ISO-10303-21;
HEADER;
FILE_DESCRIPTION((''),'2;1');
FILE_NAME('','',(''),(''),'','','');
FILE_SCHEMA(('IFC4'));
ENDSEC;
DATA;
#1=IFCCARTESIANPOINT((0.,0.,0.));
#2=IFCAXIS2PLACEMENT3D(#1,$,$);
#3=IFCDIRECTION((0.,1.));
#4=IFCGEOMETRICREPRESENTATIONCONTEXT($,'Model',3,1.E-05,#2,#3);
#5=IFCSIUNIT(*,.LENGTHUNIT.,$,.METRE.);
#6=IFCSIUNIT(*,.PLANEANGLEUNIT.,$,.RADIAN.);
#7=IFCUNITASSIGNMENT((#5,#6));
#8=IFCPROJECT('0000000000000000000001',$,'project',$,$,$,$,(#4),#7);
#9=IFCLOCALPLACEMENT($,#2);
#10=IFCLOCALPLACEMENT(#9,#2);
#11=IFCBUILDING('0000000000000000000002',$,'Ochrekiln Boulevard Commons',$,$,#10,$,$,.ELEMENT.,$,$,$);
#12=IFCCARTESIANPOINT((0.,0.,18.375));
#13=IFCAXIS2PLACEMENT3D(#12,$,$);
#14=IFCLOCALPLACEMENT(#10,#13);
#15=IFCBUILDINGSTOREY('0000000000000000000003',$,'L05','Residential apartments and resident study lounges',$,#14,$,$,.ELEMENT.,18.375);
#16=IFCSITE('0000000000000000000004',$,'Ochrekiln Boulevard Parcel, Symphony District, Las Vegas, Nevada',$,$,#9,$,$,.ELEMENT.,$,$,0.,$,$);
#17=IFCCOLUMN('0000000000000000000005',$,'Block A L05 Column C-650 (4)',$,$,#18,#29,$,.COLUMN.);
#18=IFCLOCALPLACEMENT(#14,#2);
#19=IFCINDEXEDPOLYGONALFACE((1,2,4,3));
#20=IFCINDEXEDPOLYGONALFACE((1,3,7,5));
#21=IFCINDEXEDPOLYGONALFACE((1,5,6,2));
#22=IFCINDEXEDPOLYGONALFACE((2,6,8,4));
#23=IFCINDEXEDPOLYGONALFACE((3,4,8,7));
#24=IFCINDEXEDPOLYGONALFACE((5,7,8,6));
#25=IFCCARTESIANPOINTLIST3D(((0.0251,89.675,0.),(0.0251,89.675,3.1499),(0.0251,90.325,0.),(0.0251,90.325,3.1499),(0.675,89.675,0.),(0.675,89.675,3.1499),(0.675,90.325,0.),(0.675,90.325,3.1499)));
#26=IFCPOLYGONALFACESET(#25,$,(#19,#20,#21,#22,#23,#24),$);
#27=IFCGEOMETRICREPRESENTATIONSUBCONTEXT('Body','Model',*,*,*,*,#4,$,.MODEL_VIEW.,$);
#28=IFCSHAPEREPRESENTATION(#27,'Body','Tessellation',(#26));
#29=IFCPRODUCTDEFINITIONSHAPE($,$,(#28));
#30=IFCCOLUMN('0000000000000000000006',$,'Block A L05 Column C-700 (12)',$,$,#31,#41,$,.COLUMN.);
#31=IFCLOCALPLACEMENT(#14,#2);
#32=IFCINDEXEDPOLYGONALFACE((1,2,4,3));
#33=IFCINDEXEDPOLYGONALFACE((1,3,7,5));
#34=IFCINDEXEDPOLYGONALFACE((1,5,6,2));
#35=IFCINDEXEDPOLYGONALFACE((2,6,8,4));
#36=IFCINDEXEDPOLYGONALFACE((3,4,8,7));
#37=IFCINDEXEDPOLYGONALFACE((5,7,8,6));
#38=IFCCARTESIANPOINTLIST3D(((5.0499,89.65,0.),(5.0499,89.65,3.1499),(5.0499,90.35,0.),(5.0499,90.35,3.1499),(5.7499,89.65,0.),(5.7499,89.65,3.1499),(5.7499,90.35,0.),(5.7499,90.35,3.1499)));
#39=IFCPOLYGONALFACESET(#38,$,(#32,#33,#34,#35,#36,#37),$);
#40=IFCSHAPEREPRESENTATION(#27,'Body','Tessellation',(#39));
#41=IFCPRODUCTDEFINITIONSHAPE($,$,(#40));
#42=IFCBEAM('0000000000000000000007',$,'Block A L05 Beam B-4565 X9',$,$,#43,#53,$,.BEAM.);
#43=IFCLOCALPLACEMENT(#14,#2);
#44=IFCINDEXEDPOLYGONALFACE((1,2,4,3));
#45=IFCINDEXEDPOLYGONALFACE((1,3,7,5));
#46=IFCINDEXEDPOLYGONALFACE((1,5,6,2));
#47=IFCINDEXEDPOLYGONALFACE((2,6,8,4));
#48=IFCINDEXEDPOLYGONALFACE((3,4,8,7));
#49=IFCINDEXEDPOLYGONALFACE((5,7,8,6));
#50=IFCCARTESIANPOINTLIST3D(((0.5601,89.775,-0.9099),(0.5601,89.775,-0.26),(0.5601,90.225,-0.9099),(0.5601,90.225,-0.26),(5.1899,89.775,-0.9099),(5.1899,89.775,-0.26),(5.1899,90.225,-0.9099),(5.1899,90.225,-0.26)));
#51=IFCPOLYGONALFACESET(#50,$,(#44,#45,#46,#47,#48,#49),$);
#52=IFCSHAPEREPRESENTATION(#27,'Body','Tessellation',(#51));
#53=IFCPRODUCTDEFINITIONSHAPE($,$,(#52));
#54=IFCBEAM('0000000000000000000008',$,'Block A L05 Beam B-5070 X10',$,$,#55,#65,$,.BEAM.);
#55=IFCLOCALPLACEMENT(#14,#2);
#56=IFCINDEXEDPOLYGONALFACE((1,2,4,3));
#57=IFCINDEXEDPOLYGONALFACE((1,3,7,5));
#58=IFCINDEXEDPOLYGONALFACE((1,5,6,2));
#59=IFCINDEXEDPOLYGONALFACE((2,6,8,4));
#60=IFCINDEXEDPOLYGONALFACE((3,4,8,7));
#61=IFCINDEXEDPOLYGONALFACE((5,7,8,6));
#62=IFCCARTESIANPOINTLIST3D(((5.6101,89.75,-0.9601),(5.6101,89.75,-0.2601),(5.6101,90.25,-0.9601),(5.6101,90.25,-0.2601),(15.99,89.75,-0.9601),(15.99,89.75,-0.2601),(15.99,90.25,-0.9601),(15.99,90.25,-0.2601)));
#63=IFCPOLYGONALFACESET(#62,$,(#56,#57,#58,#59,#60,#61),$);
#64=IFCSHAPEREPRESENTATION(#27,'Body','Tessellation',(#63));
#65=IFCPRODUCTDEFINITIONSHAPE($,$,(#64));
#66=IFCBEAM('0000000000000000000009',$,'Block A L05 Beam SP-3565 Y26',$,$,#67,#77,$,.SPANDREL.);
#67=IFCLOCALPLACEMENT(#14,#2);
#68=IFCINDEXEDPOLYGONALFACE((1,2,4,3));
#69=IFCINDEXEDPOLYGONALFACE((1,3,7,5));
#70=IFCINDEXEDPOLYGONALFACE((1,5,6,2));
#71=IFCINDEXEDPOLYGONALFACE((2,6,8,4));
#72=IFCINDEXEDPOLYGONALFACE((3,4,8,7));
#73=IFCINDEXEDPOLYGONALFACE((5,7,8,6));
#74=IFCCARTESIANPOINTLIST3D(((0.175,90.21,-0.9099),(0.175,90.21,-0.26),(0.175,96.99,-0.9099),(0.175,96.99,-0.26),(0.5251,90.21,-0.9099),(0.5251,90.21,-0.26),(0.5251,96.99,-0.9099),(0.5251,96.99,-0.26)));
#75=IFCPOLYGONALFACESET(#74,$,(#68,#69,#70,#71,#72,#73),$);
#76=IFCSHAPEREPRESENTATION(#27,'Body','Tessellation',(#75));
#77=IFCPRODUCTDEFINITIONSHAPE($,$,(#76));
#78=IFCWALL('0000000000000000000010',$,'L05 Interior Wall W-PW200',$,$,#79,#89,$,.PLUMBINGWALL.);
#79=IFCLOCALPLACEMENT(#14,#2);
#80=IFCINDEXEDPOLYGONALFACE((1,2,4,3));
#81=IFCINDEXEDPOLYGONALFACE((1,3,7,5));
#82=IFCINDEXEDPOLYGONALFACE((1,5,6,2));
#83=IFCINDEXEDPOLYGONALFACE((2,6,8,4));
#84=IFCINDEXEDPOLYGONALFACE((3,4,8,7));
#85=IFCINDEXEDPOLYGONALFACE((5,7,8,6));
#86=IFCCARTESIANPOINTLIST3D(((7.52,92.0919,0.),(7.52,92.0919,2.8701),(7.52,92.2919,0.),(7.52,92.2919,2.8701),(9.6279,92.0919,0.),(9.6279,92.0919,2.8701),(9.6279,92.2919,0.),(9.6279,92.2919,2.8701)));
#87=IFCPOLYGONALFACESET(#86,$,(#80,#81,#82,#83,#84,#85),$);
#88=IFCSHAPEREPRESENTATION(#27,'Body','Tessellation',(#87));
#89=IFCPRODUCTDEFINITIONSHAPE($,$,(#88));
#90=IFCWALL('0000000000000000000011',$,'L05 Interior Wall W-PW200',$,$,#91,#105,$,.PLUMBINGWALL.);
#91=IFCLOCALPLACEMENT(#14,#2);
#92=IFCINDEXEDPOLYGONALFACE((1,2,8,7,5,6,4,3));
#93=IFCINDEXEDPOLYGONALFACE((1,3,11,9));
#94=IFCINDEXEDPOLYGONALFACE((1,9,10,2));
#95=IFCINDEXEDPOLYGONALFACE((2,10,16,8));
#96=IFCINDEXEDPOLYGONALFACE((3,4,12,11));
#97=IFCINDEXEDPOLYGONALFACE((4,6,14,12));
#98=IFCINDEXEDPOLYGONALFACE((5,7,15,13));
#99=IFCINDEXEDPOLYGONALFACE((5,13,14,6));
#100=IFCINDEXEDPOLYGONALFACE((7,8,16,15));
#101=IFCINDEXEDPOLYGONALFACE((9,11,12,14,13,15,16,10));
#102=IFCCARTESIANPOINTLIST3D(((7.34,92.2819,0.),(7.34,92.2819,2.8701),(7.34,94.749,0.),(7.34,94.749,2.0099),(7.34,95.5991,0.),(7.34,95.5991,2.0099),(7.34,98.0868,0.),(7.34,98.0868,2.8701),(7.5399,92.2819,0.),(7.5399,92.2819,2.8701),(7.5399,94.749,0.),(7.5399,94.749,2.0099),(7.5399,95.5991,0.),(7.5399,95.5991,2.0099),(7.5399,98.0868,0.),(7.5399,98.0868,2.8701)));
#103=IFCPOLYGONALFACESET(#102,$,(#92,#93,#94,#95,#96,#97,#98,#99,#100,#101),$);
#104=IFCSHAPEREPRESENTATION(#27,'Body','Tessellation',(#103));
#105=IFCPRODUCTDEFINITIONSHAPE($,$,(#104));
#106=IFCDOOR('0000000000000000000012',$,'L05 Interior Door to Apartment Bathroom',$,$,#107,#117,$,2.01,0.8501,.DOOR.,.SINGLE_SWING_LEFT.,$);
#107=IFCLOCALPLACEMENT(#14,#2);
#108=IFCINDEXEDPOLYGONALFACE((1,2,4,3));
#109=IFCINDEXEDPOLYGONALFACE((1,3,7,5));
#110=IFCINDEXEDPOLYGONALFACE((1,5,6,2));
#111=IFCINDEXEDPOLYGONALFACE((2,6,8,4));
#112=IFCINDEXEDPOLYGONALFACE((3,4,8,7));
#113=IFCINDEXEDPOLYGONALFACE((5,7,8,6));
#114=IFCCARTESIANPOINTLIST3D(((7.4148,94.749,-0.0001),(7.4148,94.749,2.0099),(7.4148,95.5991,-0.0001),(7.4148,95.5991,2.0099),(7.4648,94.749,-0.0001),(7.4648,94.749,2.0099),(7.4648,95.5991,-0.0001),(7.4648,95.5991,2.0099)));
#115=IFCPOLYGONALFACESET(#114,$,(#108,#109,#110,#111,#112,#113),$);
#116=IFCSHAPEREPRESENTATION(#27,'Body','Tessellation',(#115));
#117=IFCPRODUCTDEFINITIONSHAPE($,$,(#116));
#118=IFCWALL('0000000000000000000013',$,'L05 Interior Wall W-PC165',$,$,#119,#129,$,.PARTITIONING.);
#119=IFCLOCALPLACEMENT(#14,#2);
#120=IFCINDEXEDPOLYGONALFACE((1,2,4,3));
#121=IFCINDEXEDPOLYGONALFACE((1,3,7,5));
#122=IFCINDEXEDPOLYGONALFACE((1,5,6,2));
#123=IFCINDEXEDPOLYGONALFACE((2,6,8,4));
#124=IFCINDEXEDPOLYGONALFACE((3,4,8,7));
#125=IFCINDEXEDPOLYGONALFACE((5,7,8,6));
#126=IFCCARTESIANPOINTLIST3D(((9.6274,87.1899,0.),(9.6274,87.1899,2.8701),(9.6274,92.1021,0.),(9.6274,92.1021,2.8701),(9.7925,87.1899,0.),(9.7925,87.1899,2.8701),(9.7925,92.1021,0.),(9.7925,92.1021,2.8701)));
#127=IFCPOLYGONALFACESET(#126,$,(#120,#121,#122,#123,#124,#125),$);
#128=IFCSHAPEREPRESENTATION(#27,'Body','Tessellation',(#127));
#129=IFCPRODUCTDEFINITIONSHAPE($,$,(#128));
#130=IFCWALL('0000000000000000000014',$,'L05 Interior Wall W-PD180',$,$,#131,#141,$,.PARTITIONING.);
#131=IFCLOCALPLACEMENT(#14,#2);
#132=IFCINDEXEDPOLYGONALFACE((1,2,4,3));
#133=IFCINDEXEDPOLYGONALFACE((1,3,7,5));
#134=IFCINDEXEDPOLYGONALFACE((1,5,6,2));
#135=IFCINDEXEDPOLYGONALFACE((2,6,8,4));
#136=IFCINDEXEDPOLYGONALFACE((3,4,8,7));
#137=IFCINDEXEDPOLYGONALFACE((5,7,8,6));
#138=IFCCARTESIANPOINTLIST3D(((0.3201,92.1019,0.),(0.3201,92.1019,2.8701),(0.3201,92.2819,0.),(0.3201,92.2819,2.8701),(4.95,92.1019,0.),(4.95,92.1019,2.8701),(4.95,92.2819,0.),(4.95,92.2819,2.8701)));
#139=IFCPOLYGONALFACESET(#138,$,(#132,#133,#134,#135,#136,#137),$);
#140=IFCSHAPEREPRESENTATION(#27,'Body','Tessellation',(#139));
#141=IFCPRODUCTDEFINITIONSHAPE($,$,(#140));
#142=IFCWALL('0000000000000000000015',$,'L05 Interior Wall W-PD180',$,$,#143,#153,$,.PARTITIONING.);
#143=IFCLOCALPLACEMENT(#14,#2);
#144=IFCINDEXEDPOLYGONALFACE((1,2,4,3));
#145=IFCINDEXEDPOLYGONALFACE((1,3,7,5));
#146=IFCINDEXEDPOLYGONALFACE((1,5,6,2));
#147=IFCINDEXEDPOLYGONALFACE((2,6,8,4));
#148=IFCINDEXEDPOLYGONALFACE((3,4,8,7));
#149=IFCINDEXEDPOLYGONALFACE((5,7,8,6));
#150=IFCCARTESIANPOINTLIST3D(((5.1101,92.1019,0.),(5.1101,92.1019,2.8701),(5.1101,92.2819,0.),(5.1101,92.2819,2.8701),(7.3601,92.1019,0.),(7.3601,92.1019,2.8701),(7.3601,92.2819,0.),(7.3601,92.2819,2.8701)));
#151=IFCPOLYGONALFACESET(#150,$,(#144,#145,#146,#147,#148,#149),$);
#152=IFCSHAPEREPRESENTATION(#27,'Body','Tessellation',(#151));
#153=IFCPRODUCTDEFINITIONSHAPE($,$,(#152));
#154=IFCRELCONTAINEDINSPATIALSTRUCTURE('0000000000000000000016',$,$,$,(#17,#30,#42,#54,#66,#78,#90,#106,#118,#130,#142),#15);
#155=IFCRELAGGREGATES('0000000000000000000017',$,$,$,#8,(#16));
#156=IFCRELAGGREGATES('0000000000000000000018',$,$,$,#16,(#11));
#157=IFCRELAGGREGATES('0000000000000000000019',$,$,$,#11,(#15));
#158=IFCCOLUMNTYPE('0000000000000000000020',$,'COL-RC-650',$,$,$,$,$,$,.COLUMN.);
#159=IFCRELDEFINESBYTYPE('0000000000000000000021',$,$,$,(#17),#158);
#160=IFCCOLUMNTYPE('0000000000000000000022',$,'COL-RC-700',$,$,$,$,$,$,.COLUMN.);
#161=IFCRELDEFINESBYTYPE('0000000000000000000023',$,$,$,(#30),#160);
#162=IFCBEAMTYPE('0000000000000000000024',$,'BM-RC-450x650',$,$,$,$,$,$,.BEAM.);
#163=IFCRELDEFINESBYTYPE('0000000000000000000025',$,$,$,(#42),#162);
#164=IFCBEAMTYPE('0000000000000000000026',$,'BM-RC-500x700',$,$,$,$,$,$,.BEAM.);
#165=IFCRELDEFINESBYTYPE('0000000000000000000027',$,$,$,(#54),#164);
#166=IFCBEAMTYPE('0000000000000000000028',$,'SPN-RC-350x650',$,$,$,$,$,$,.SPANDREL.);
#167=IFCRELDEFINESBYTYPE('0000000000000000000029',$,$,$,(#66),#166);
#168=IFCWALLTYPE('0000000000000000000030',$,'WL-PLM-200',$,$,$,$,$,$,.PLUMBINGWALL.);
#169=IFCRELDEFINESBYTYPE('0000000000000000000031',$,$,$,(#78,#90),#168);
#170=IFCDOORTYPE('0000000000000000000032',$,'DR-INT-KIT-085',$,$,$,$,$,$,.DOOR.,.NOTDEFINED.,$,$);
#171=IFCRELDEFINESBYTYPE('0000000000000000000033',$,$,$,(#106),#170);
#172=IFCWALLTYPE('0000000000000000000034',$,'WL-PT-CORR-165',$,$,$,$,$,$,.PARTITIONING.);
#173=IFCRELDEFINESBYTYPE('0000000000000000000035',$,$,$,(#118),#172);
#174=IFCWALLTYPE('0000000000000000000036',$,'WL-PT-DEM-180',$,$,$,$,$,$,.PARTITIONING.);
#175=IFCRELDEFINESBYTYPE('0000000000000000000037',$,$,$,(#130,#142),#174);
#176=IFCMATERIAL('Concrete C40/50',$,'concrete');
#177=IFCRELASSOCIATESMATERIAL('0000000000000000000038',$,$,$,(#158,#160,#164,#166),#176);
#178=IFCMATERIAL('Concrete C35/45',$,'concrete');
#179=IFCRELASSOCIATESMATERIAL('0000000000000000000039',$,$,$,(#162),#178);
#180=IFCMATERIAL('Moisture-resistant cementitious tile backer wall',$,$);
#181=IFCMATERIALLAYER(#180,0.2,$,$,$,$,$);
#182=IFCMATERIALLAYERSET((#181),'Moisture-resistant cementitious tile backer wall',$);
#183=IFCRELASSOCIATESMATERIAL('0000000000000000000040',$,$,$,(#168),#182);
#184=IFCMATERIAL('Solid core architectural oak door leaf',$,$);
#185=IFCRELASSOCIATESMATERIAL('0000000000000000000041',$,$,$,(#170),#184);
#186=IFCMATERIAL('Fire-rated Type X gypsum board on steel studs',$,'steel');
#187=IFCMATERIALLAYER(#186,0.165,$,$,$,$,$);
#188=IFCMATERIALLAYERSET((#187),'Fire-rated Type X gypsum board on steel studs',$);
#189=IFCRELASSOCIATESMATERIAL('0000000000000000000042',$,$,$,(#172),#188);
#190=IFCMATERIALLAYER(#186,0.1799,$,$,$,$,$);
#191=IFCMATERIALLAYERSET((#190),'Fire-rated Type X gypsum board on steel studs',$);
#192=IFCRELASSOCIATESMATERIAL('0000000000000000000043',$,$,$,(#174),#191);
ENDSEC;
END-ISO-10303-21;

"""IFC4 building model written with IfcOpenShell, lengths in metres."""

from ifc_helpers import new_model, si_unit, direction, frame, frame_2d, origin, origin_2d, place, context, subcontext, project, spatial, rectangle, extrude, material, layer, layer_set, material_profile, profile_set, type_object, element, fill, save


model = new_model("IFC4")

# Units and contexts
model_context = context("Model", 3, precision=1e-05, world=origin(), true_north=direction((0.0, 1.0)))
body_context = subcontext(model_context, "Body", "Model", "MODEL_VIEW")
ifc_project = project(units=[si_unit("LENGTHUNIT", "METRE"), si_unit("PLANEANGLEUNIT", "RADIAN")], contexts=[model_context])

# Site, building, storey
site_placement = place(None, origin())
site = spatial("IfcSite", under=ifc_project, at=site_placement, Name="Ochrekiln Boulevard Parcel, Symphony District, Las Vegas, Nevada", CompositionType="ELEMENT", RefElevation=0.0)
building_placement = place(site_placement, origin())
building = spatial("IfcBuilding", under=site, at=building_placement, Name="Ochrekiln Boulevard Commons", CompositionType="ELEMENT")
storey_placement = place(building_placement, frame((0.0, 0.0, 18.375)))
storey = spatial("IfcBuildingStorey", under=building, at=storey_placement, Name="L05", Description="Residential apartments and resident study lounges", CompositionType="ELEMENT", Elevation=18.375)

# Columns
ifc_material_1 = material(Name="Concrete C40/50", Category="concrete")
ifc_material_profile_1 = material_profile(ifc_material_1, rectangle(XDim=0.6499, YDim=0.6499, at=origin_2d()), Name="RC-COL-650x650")
ifc_profile_set_1 = profile_set([ifc_material_profile_1], Name="Concrete C40/50")
column_type_1 = type_object("IfcColumnType", Name="COL-RC-650", PredefinedType="COLUMN", material=ifc_profile_set_1)
column_1_placement = place(storey_placement, frame((0.3501, 90.0, 0.0), z_axis=(0.0, 0.0, 1.0), x_axis=(1.0, 0.0, 0.0)))
element("IfcColumn", 1, at=column_1_placement, inside=storey, type_object=column_type_1, Name="Block A L05 Column C-650 (4)", PredefinedType="COLUMN", context=body_context, shape_type="SweptSolid", body=[
    extrude(rectangle(XDim=0.6499, YDim=0.6499, at=origin_2d()), origin(), (0.0, 0.0, 1.0), 3.1499),
])
ifc_material_profile_2 = material_profile(ifc_material_1, rectangle(XDim=0.7, YDim=0.7, at=origin_2d()), Name="RC-COL-700x700")
ifc_profile_set_2 = profile_set([ifc_material_profile_2], Name="Concrete C40/50")
column_type_2 = type_object("IfcColumnType", Name="COL-RC-700", PredefinedType="COLUMN", material=ifc_profile_set_2)
column_2_placement = place(storey_placement, frame((5.3999, 90.0, 0.0), z_axis=(0.0, 0.0, 1.0), x_axis=(1.0, 0.0, 0.0)))
element("IfcColumn", 2, at=column_2_placement, inside=storey, type_object=column_type_2, Name="Block A L05 Column C-700 (12)", PredefinedType="COLUMN", context=body_context, shape_type="SweptSolid", body=[
    extrude(rectangle(XDim=0.7, YDim=0.7, at=origin_2d()), origin(), (0.0, 0.0, 1.0), 3.1499),
])

# Beams
ifc_material_2 = material(Name="Concrete C35/45", Category="concrete")
ifc_material_profile_3 = material_profile(ifc_material_2, rectangle(XDim=0.45, YDim=0.6499, at=origin_2d()), Name="RC-BM-450x650")
ifc_profile_set_3 = profile_set([ifc_material_profile_3], Name="Concrete C35/45")
beam_type_1 = type_object("IfcBeamType", Name="BM-RC-450x650", PredefinedType="BEAM", material=ifc_profile_set_3)
beam_1_placement = place(storey_placement, frame((0.5601, 90.0, -0.585), z_axis=(1.0, 0.0, 0.0), x_axis=(0.0, 1.0, 0.0)))
element("IfcBeam", 3, at=beam_1_placement, inside=storey, type_object=beam_type_1, Name="Block A L05 Beam B-4565 X9", PredefinedType="BEAM", context=body_context, shape_type="SweptSolid", body=[
    extrude(rectangle(XDim=0.45, YDim=0.6499, at=origin_2d()), origin(), (0.0, 0.0, 1.0), 4.6299),
])
ifc_material_profile_4 = material_profile(ifc_material_1, rectangle(XDim=0.5, YDim=0.7, at=origin_2d()), Name="RC-BM-500x700")
ifc_profile_set_4 = profile_set([ifc_material_profile_4], Name="Concrete C40/50")
beam_type_2 = type_object("IfcBeamType", Name="BM-RC-500x700", PredefinedType="BEAM", material=ifc_profile_set_4)
beam_2_placement = place(storey_placement, frame((5.6101, 90.0, -0.6101), z_axis=(1.0, 0.0, 0.0), x_axis=(0.0, 1.0, 0.0)))
element("IfcBeam", 4, at=beam_2_placement, inside=storey, type_object=beam_type_2, Name="Block A L05 Beam B-5070 X10", PredefinedType="BEAM", context=body_context, shape_type="SweptSolid", body=[
    extrude(rectangle(XDim=0.5, YDim=0.7, at=origin_2d()), origin(), (0.0, 0.0, 1.0), 10.3799),
])
ifc_material_profile_5 = material_profile(ifc_material_1, rectangle(XDim=0.3501, YDim=0.6499, at=origin_2d()), Name="RC-SPN-350x650")
ifc_profile_set_5 = profile_set([ifc_material_profile_5], Name="Concrete C40/50")
beam_type_3 = type_object("IfcBeamType", Name="SPN-RC-350x650", PredefinedType="SPANDREL", material=ifc_profile_set_5)
beam_3_placement = place(storey_placement, frame((0.3501, 90.21, -0.585), z_axis=(0.0, 1.0, 0.0), x_axis=(-1.0, 0.0, 0.0)))
element("IfcBeam", 5, at=beam_3_placement, inside=storey, type_object=beam_type_3, Name="Block A L05 Beam SP-3565 Y26", PredefinedType="SPANDREL", context=body_context, shape_type="SweptSolid", body=[
    extrude(rectangle(XDim=0.3501, YDim=0.6499, at=origin_2d()), origin(), (0.0, 0.0, 1.0), 6.78),
])

# Wall
ifc_material_3 = material(Name="Moisture-resistant cementitious tile backer wall")
ifc_layer_1 = layer(ifc_material_3, 0.2)
ifc_layer_set_1 = layer_set([ifc_layer_1], Name="Moisture-resistant cementitious tile backer wall")
wall_type_1 = type_object("IfcWallType", Name="WL-PLM-200", PredefinedType="PLUMBINGWALL", material=ifc_layer_set_1)
wall_1_placement = place(storey_placement, frame((7.52, 92.1919, 0.0), z_axis=(0.0, 0.0, 1.0), x_axis=(1.0, 0.0, 0.0)))
element("IfcWall", 6, at=wall_1_placement, inside=storey, type_object=wall_type_1, Name="L05 Interior Wall W-PW200", PredefinedType="PLUMBINGWALL", context=body_context, shape_type="SweptSolid", body=[
    extrude(rectangle(XDim=2.1079, YDim=0.2, at=frame_2d((1.054, 0.0))), origin(), (0.0, 0.0, 1.0), 2.8701),
])

# Wall, opening, door
wall_2_placement = place(storey_placement, frame((7.4399, 92.282, 0.0), z_axis=(0.0, 0.0, 1.0), x_axis=(0.0, 1.0, 0.0)))
wall_2 = element("IfcWall", 7, at=wall_2_placement, inside=storey, type_object=wall_type_1, Name="L05 Interior Wall W-PW200", PredefinedType="PLUMBINGWALL", context=body_context, shape_type="SweptSolid", body=[
    extrude(rectangle(XDim=5.8049, YDim=0.2, at=frame_2d((2.9023, 0.0))), origin(), (0.0, 0.0, 1.0), 2.8701),
])
opening_1_placement = place(wall_2_placement, frame((2.467, 0.0, 0.0)))
opening_1 = element("IfcOpeningElement", 8, at=opening_1_placement, cuts=wall_2, PredefinedType="OPENING", context=body_context, shape_type="SweptSolid", body=[
    extrude(rectangle(XDim=0.8501, YDim=2.01, at=frame_2d((0.425, 1.0049))), frame((0.0, 0.1099, 0.0), z_axis=(0.0, -1.0, 0.0), x_axis=(1.0, 0.0, 0.0)), (0.0, 0.0, 1.0), 0.22),
])
ifc_material_4 = material(Name="Solid core architectural oak door leaf")
door_type_1 = type_object("IfcDoorType", Name="DR-INT-KIT-085", OperationType="NOTDEFINED", PredefinedType="DOOR", material=ifc_material_4)
door_1_placement = place(opening_1_placement, frame((0.8501, 0.0, 0.0), z_axis=(0.0, 0.0, 1.0), x_axis=(-1.0, 0.0, 0.0)))
door_1 = element("IfcDoor", 9, at=door_1_placement, inside=storey, type_object=door_type_1, Name="L05 Interior Door to Apartment Bathroom", OperationType="SINGLE_SWING_LEFT", OverallHeight=2.01, OverallWidth=0.8501, PredefinedType="DOOR", context=body_context, shape_type="SweptSolid", body=[
    extrude(rectangle(XDim=0.8501, YDim=2.01, at=frame_2d((0.425, 1.0049))), frame((0.0, 0.0249, 0.0), z_axis=(0.0, -1.0, 0.0), x_axis=(1.0, 0.0, 0.0)), (0.0, 0.0, 1.0), 0.05),
])
fill(opening_1, door_1)

# Walls
ifc_material_5 = material(Name="Fire-rated Type X gypsum board on steel studs", Category="steel")
ifc_layer_2 = layer(ifc_material_5, 0.165)
ifc_layer_set_2 = layer_set([ifc_layer_2], Name="Fire-rated Type X gypsum board on steel studs")
wall_type_2 = type_object("IfcWallType", Name="WL-PT-CORR-165", PredefinedType="PARTITIONING", material=ifc_layer_set_2)
wall_3_placement = place(storey_placement, frame((9.71, 87.1899, 0.0), z_axis=(0.0, 0.0, 1.0), x_axis=(0.0, 1.0, 0.0)))
element("IfcWall", 10, at=wall_3_placement, inside=storey, type_object=wall_type_2, Name="L05 Interior Wall W-PC165", PredefinedType="PARTITIONING", context=body_context, shape_type="SweptSolid", body=[
    extrude(rectangle(XDim=4.9121, YDim=0.165, at=frame_2d((2.4561, 0.0))), origin(), (0.0, 0.0, 1.0), 2.8701),
])
ifc_layer_3 = layer(ifc_material_5, 0.1799)
ifc_layer_set_3 = layer_set([ifc_layer_3], Name="Fire-rated Type X gypsum board on steel studs")
wall_type_3 = type_object("IfcWallType", Name="WL-PT-DEM-180", PredefinedType="PARTITIONING", material=ifc_layer_set_3)
wall_4_placement = place(storey_placement, frame((0.3201, 92.1919, 0.0), z_axis=(0.0, 0.0, 1.0), x_axis=(1.0, 0.0, 0.0)))
element("IfcWall", 11, at=wall_4_placement, inside=storey, type_object=wall_type_3, Name="L05 Interior Wall W-PD180", PredefinedType="PARTITIONING", context=body_context, shape_type="SweptSolid", body=[
    extrude(rectangle(XDim=4.6299, YDim=0.1799, at=frame_2d((2.3149, 0.0))), origin(), (0.0, 0.0, 1.0), 2.8701),
])
wall_5_placement = place(storey_placement, frame((5.1101, 92.1919, 0.0), z_axis=(0.0, 0.0, 1.0), x_axis=(1.0, 0.0, 0.0)))
element("IfcWall", 12, at=wall_5_placement, inside=storey, type_object=wall_type_3, Name="L05 Interior Wall W-PD180", PredefinedType="PARTITIONING", context=body_context, shape_type="SweptSolid", body=[
    extrude(rectangle(XDim=2.25, YDim=0.1799, at=frame_2d((1.125, 0.0))), origin(), (0.0, 0.0, 1.0), 2.8701),
])

save(model, "model.ifc")
